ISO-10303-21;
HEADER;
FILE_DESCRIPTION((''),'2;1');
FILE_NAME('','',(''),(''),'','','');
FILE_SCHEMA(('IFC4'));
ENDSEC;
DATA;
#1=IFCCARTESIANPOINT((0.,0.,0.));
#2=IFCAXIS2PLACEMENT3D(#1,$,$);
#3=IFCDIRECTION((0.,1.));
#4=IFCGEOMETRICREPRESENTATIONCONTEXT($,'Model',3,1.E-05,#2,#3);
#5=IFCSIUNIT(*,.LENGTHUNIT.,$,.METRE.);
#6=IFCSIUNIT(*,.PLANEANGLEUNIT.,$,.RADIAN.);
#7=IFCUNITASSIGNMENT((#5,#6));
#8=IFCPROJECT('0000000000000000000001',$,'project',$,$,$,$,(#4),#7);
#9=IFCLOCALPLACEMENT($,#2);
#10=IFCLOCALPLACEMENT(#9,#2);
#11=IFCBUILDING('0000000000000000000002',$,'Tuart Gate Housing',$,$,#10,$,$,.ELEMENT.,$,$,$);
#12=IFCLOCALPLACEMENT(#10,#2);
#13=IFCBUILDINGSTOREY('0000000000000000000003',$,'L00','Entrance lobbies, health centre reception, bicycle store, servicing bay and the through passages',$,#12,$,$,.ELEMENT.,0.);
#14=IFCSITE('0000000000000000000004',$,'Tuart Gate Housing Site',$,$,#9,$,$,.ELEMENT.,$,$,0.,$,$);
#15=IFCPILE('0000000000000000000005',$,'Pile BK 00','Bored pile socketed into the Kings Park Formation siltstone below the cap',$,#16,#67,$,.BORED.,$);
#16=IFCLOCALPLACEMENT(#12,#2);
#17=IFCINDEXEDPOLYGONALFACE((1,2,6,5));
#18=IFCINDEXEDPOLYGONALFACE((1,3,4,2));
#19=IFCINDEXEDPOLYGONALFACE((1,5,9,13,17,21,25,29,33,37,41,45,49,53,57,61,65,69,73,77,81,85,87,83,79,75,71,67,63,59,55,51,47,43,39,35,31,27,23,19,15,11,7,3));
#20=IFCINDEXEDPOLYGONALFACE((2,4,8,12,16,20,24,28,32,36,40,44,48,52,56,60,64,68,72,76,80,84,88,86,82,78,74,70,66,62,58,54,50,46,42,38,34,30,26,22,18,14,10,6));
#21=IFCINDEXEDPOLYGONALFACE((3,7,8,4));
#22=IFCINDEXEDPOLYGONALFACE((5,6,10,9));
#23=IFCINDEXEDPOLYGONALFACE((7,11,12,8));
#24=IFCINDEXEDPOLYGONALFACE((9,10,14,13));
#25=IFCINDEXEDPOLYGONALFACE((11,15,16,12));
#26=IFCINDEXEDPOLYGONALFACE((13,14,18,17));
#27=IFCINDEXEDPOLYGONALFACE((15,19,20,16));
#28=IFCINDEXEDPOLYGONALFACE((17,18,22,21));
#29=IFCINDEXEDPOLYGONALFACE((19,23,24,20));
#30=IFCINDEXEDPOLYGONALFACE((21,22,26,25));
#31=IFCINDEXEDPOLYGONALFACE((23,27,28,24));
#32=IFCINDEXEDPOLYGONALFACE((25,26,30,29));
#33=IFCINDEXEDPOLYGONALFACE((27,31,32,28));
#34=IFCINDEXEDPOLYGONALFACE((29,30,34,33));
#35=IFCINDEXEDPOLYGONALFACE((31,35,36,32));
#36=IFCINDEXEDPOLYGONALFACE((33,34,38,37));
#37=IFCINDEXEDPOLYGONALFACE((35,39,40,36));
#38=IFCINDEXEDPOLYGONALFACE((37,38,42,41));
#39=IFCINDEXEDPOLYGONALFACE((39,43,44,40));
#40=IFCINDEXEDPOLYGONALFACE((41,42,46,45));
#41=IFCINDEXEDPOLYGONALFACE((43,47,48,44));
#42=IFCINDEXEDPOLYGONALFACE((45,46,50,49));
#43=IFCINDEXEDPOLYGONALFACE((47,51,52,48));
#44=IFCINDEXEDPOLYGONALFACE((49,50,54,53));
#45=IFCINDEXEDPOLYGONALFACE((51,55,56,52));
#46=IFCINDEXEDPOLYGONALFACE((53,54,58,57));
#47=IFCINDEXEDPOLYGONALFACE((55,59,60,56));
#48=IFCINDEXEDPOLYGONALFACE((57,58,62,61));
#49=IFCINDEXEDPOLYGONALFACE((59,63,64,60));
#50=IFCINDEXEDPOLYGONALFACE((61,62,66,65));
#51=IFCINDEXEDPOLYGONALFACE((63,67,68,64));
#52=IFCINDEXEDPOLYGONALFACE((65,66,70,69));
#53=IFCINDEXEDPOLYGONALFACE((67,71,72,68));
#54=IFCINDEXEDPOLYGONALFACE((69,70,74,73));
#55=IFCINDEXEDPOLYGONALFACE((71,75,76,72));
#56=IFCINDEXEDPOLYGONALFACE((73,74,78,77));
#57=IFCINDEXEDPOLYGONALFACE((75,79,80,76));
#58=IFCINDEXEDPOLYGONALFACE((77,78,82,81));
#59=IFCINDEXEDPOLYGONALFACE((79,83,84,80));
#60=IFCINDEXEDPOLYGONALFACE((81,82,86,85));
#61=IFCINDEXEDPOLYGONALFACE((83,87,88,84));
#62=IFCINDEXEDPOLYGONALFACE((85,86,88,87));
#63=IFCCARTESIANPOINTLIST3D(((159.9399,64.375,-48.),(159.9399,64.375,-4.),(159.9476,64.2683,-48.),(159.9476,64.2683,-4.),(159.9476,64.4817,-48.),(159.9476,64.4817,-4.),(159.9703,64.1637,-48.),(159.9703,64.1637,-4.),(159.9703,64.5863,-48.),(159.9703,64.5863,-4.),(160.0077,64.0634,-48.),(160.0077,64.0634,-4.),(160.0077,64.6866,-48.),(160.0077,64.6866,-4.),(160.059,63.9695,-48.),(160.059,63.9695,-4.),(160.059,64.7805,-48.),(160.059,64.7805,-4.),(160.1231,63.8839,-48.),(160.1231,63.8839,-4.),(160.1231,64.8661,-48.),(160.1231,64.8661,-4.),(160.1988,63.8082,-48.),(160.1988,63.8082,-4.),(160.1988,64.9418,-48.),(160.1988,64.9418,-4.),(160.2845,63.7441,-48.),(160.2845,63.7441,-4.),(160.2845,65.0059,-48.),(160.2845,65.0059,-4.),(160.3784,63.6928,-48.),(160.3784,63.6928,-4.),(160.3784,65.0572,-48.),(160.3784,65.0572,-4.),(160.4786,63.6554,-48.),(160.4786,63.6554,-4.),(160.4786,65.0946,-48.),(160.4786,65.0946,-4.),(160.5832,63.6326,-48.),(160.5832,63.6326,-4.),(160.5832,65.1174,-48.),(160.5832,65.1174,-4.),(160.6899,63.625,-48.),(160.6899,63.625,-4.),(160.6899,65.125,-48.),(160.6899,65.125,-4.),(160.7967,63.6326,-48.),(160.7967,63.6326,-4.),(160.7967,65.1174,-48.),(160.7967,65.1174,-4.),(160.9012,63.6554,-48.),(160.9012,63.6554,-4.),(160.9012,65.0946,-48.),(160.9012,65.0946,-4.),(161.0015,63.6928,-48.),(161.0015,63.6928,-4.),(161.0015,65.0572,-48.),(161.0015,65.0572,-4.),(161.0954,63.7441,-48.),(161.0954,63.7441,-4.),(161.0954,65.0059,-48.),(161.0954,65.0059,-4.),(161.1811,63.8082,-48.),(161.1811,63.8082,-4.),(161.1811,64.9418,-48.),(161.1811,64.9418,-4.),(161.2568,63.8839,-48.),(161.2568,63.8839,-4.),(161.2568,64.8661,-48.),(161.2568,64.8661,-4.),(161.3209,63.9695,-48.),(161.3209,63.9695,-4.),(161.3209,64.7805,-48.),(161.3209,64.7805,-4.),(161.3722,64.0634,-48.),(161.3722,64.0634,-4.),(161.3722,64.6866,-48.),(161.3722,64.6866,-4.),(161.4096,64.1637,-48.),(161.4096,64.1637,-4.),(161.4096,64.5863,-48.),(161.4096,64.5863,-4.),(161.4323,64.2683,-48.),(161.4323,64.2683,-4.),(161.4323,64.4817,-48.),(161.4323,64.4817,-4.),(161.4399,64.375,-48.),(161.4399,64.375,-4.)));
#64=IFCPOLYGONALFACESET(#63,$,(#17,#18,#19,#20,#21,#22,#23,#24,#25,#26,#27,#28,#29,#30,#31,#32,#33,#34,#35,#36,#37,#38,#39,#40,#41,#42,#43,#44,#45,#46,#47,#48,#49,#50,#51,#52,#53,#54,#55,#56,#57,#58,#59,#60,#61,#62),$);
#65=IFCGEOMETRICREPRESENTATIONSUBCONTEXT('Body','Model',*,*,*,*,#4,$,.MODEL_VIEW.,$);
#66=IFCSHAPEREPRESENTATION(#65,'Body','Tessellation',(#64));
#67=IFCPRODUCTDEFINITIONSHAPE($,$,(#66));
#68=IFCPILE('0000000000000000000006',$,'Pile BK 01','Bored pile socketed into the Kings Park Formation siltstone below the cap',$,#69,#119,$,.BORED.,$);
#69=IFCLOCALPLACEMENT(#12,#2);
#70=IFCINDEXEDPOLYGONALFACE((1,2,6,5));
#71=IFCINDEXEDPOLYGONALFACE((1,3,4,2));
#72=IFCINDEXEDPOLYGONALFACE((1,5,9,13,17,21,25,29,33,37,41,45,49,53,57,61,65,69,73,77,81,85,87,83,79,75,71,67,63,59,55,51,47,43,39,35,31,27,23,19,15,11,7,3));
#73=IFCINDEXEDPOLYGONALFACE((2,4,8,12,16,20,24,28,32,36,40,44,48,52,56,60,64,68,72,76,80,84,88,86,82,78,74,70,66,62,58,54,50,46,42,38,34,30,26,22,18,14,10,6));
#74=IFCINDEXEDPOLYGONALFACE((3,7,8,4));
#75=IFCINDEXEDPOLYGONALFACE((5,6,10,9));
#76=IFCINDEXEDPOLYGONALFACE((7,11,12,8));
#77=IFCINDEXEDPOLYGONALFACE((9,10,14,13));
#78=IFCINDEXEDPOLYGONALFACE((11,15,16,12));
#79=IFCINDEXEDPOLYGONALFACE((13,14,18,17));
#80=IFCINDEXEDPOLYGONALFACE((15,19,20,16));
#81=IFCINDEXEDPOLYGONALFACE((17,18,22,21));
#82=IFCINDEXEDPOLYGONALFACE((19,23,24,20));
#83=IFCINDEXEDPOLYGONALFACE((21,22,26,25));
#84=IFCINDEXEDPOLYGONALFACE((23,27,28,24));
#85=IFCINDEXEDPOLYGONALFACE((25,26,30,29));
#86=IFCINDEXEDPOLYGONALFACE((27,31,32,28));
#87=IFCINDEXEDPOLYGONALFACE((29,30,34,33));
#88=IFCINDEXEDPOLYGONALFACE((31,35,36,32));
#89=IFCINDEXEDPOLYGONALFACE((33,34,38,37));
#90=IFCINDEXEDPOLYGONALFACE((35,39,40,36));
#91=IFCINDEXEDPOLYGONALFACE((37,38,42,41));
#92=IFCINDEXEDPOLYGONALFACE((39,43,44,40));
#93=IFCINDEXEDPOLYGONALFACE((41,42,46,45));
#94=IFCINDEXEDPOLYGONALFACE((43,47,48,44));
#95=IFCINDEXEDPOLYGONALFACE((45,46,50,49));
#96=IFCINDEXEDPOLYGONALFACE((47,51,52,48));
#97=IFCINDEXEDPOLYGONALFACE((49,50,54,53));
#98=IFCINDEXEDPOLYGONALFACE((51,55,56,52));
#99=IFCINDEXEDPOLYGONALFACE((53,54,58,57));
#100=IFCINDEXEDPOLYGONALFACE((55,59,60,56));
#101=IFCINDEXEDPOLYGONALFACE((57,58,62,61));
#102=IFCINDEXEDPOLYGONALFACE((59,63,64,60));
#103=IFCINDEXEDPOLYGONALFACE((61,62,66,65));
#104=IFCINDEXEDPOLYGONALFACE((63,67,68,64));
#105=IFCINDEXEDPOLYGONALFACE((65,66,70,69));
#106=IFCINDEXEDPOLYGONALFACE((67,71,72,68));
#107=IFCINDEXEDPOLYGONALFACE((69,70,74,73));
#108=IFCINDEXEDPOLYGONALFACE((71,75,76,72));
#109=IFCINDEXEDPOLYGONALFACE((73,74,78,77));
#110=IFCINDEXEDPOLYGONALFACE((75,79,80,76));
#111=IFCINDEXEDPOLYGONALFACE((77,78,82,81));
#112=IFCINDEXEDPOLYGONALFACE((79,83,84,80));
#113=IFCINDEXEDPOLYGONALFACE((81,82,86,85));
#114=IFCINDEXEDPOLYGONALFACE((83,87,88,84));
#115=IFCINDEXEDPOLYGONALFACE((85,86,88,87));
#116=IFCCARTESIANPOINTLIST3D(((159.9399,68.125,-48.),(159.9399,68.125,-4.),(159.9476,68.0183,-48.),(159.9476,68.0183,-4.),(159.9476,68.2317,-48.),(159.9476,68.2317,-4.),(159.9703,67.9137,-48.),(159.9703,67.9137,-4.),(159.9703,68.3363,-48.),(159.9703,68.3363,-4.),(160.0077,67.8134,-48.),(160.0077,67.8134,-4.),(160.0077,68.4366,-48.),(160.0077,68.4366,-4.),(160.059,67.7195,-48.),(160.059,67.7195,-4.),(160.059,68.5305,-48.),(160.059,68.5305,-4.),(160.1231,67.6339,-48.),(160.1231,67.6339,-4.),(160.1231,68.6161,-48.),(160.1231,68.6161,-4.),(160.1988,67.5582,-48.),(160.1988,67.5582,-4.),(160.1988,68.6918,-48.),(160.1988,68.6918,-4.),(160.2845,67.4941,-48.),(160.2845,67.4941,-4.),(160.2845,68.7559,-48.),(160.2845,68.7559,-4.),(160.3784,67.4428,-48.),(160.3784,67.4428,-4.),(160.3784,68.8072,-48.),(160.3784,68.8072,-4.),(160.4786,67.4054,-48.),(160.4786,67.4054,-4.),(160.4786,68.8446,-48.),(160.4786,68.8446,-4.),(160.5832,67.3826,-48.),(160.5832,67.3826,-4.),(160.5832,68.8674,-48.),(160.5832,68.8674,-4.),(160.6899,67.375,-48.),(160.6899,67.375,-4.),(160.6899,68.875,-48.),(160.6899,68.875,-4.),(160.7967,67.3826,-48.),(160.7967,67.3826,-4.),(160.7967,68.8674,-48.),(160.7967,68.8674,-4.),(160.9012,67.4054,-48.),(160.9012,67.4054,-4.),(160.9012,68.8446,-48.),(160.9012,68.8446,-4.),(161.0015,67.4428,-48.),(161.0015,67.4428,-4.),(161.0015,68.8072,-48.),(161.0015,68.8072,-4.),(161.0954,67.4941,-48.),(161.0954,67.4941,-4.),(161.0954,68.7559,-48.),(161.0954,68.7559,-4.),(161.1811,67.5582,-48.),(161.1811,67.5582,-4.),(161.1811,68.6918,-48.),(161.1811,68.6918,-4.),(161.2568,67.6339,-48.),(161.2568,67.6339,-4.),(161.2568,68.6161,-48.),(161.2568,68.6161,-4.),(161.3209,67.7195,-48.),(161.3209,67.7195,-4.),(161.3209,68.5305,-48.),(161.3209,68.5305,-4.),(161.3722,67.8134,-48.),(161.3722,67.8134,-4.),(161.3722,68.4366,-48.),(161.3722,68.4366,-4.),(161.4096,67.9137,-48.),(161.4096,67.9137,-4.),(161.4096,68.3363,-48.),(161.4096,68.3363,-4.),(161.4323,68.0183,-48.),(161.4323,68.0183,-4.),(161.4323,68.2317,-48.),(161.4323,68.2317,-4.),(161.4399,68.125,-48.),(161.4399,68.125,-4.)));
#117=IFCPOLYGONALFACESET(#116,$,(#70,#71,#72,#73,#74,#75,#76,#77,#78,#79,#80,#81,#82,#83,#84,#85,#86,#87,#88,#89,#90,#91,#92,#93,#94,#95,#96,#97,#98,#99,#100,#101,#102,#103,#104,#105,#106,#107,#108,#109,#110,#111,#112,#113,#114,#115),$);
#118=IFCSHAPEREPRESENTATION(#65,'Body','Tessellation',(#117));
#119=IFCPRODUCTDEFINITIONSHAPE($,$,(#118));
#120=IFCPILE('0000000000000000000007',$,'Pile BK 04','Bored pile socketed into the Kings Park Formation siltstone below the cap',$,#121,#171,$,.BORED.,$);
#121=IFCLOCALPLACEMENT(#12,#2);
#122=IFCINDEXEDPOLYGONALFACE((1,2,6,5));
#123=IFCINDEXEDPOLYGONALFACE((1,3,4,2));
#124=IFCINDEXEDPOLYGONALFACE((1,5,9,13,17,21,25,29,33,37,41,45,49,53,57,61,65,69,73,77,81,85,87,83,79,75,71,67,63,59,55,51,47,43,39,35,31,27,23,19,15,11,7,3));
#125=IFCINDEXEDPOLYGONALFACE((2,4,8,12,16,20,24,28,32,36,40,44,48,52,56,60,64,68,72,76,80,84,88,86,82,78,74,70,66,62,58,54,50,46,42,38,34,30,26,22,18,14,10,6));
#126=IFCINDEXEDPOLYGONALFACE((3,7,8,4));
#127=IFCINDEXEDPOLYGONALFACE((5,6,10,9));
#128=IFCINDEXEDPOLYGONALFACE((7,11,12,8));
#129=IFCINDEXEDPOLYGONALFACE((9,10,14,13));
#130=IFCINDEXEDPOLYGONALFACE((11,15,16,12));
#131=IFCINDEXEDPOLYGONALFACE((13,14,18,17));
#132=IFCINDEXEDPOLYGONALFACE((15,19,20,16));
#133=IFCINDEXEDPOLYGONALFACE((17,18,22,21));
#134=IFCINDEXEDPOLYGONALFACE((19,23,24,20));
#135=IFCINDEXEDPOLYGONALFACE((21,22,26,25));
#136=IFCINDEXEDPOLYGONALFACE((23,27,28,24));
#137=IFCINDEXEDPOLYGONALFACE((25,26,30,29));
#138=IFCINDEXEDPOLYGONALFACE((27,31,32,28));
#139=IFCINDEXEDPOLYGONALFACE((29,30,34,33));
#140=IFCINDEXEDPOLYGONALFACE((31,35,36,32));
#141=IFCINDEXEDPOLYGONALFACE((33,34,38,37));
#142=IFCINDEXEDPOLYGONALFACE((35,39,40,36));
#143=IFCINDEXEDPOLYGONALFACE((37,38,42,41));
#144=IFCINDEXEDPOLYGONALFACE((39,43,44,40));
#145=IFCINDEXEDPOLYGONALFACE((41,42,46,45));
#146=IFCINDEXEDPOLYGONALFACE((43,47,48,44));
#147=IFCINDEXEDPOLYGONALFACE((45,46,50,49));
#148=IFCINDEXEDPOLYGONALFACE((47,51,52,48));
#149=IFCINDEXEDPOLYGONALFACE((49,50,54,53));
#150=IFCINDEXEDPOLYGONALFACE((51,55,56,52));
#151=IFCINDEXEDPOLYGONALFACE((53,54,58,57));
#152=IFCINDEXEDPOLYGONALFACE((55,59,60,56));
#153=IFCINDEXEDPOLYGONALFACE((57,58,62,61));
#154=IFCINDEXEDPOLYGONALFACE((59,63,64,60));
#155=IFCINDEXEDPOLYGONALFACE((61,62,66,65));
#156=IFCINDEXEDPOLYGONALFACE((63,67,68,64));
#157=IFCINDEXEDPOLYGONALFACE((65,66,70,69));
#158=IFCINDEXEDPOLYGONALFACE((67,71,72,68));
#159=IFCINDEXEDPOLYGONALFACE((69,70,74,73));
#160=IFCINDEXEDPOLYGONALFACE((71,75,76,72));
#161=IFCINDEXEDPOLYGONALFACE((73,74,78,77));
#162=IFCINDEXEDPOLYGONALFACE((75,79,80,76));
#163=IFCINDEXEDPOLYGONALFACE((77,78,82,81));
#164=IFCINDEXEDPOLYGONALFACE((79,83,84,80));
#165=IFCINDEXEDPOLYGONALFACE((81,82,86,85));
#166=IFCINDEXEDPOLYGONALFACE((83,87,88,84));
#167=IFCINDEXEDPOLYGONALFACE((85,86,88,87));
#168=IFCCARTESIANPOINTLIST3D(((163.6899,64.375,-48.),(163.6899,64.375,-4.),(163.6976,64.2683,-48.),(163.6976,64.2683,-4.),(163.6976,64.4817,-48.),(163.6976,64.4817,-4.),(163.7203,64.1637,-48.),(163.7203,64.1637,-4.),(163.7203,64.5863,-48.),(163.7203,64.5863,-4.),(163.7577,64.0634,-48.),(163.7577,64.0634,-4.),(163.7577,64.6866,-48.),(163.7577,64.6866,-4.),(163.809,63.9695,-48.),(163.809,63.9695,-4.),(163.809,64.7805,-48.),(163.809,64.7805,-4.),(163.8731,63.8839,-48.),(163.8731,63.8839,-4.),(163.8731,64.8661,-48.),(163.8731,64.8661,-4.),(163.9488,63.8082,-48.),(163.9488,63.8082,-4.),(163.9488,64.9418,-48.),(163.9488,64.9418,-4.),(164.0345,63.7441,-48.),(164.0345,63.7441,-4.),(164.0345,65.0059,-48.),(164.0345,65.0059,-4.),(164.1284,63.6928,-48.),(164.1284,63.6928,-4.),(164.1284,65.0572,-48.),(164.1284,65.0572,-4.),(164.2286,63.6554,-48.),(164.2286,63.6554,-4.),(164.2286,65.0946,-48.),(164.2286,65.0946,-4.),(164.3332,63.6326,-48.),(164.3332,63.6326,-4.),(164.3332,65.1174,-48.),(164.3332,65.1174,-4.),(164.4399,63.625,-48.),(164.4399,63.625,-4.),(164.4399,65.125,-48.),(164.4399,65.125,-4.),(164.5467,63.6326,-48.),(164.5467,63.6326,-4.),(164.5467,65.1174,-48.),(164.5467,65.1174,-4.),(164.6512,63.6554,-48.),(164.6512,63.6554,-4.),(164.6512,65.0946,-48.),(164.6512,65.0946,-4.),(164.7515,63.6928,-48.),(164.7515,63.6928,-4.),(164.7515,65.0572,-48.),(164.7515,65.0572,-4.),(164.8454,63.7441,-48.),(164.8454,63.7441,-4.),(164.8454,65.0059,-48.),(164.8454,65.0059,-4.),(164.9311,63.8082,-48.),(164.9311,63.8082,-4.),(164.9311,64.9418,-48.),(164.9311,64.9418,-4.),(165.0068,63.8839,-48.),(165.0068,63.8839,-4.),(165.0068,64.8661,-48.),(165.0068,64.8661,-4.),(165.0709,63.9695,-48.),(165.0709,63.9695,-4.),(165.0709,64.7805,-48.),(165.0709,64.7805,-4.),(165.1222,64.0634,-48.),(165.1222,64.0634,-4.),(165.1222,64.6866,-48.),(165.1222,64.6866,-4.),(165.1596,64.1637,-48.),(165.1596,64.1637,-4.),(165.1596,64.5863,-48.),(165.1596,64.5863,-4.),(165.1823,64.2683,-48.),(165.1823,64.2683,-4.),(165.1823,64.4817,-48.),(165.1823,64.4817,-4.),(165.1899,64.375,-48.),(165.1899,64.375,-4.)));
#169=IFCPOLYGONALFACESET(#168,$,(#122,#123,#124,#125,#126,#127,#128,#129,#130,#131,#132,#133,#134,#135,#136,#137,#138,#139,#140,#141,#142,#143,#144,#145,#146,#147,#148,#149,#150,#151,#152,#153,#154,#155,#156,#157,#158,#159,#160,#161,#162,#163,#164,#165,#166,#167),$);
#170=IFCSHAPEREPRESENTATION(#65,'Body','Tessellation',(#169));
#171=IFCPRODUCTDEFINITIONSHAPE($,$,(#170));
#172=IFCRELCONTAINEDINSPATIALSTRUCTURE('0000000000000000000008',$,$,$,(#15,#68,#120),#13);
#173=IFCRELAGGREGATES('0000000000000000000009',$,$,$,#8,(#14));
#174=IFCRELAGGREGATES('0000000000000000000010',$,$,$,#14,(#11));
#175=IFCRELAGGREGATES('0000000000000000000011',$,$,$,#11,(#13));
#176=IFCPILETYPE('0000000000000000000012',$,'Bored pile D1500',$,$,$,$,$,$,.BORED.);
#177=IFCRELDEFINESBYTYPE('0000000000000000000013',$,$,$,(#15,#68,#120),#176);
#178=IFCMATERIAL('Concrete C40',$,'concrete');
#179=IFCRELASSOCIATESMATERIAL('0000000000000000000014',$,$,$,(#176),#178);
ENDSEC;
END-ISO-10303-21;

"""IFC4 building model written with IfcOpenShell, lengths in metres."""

from ifc_helpers import new_model, si_unit, direction, frame, origin, origin_2d, place, context, subcontext, project, spatial, circle, extrude, material, material_profile, profile_set, type_object, element, save


model = new_model("IFC4")

# Units and contexts
model_context = context("Model", 3, precision=1e-05, world=origin(), true_north=direction((0.0, 1.0)))
body_context = subcontext(model_context, "Body", "Model", "MODEL_VIEW")
ifc_project = project(units=[si_unit("LENGTHUNIT", "METRE"), si_unit("PLANEANGLEUNIT", "RADIAN")], contexts=[model_context])

# Site, building, storey
site_placement = place(None, origin())
site = spatial("IfcSite", under=ifc_project, at=site_placement, Name="Tuart Gate Housing Site", CompositionType="ELEMENT", RefElevation=0.0)
building_placement = place(site_placement, origin())
building = spatial("IfcBuilding", under=site, at=building_placement, Name="Tuart Gate Housing", CompositionType="ELEMENT")
storey_placement = place(building_placement, origin())
storey = spatial("IfcBuildingStorey", under=building, at=storey_placement, Name="L00", Description="Entrance lobbies, health centre reception, bicycle store, servicing bay and the through passages", CompositionType="ELEMENT", Elevation=0.0)

# Piles
ifc_material_1 = material(Name="Concrete C40", Category="concrete")
ifc_material_profile_1 = material_profile(ifc_material_1, circle(Radius=0.75, at=origin_2d()), Name="Bored pile D1500")
ifc_profile_set_1 = profile_set([ifc_material_profile_1], Name="Concrete C40")
pile_type_1 = type_object("IfcPileType", Name="Bored pile D1500", PredefinedType="BORED", material=ifc_profile_set_1)
for number, where, z_axis, x_axis, name in (
    (1, (160.6899, 64.375, -4.0), (0.0, 0.0, -1.0), (1.0, 0.0, 0.0), "Pile BK 00"),
    (2, (160.6899, 68.125, -4.0), (0.0, 0.0, -1.0), (1.0, 0.0, 0.0), "Pile BK 01"),
    (3, (164.4399, 64.375, -4.0), (0.0, 0.0, -1.0), (1.0, 0.0, 0.0), "Pile BK 04"),
):
    element("IfcPile", number, at=place(storey_placement, frame(where, z_axis=z_axis, x_axis=x_axis)), inside=storey, type_object=pile_type_1, Name=name, Description="Bored pile socketed into the Kings Park Formation siltstone below the cap", PredefinedType="BORED", context=body_context, shape_type="SweptSolid", body=[
        extrude(circle(Radius=0.75, at=origin_2d()), origin(), (0.0, 0.0, 1.0), 44.0),
    ])

save(model, "model.ifc")
